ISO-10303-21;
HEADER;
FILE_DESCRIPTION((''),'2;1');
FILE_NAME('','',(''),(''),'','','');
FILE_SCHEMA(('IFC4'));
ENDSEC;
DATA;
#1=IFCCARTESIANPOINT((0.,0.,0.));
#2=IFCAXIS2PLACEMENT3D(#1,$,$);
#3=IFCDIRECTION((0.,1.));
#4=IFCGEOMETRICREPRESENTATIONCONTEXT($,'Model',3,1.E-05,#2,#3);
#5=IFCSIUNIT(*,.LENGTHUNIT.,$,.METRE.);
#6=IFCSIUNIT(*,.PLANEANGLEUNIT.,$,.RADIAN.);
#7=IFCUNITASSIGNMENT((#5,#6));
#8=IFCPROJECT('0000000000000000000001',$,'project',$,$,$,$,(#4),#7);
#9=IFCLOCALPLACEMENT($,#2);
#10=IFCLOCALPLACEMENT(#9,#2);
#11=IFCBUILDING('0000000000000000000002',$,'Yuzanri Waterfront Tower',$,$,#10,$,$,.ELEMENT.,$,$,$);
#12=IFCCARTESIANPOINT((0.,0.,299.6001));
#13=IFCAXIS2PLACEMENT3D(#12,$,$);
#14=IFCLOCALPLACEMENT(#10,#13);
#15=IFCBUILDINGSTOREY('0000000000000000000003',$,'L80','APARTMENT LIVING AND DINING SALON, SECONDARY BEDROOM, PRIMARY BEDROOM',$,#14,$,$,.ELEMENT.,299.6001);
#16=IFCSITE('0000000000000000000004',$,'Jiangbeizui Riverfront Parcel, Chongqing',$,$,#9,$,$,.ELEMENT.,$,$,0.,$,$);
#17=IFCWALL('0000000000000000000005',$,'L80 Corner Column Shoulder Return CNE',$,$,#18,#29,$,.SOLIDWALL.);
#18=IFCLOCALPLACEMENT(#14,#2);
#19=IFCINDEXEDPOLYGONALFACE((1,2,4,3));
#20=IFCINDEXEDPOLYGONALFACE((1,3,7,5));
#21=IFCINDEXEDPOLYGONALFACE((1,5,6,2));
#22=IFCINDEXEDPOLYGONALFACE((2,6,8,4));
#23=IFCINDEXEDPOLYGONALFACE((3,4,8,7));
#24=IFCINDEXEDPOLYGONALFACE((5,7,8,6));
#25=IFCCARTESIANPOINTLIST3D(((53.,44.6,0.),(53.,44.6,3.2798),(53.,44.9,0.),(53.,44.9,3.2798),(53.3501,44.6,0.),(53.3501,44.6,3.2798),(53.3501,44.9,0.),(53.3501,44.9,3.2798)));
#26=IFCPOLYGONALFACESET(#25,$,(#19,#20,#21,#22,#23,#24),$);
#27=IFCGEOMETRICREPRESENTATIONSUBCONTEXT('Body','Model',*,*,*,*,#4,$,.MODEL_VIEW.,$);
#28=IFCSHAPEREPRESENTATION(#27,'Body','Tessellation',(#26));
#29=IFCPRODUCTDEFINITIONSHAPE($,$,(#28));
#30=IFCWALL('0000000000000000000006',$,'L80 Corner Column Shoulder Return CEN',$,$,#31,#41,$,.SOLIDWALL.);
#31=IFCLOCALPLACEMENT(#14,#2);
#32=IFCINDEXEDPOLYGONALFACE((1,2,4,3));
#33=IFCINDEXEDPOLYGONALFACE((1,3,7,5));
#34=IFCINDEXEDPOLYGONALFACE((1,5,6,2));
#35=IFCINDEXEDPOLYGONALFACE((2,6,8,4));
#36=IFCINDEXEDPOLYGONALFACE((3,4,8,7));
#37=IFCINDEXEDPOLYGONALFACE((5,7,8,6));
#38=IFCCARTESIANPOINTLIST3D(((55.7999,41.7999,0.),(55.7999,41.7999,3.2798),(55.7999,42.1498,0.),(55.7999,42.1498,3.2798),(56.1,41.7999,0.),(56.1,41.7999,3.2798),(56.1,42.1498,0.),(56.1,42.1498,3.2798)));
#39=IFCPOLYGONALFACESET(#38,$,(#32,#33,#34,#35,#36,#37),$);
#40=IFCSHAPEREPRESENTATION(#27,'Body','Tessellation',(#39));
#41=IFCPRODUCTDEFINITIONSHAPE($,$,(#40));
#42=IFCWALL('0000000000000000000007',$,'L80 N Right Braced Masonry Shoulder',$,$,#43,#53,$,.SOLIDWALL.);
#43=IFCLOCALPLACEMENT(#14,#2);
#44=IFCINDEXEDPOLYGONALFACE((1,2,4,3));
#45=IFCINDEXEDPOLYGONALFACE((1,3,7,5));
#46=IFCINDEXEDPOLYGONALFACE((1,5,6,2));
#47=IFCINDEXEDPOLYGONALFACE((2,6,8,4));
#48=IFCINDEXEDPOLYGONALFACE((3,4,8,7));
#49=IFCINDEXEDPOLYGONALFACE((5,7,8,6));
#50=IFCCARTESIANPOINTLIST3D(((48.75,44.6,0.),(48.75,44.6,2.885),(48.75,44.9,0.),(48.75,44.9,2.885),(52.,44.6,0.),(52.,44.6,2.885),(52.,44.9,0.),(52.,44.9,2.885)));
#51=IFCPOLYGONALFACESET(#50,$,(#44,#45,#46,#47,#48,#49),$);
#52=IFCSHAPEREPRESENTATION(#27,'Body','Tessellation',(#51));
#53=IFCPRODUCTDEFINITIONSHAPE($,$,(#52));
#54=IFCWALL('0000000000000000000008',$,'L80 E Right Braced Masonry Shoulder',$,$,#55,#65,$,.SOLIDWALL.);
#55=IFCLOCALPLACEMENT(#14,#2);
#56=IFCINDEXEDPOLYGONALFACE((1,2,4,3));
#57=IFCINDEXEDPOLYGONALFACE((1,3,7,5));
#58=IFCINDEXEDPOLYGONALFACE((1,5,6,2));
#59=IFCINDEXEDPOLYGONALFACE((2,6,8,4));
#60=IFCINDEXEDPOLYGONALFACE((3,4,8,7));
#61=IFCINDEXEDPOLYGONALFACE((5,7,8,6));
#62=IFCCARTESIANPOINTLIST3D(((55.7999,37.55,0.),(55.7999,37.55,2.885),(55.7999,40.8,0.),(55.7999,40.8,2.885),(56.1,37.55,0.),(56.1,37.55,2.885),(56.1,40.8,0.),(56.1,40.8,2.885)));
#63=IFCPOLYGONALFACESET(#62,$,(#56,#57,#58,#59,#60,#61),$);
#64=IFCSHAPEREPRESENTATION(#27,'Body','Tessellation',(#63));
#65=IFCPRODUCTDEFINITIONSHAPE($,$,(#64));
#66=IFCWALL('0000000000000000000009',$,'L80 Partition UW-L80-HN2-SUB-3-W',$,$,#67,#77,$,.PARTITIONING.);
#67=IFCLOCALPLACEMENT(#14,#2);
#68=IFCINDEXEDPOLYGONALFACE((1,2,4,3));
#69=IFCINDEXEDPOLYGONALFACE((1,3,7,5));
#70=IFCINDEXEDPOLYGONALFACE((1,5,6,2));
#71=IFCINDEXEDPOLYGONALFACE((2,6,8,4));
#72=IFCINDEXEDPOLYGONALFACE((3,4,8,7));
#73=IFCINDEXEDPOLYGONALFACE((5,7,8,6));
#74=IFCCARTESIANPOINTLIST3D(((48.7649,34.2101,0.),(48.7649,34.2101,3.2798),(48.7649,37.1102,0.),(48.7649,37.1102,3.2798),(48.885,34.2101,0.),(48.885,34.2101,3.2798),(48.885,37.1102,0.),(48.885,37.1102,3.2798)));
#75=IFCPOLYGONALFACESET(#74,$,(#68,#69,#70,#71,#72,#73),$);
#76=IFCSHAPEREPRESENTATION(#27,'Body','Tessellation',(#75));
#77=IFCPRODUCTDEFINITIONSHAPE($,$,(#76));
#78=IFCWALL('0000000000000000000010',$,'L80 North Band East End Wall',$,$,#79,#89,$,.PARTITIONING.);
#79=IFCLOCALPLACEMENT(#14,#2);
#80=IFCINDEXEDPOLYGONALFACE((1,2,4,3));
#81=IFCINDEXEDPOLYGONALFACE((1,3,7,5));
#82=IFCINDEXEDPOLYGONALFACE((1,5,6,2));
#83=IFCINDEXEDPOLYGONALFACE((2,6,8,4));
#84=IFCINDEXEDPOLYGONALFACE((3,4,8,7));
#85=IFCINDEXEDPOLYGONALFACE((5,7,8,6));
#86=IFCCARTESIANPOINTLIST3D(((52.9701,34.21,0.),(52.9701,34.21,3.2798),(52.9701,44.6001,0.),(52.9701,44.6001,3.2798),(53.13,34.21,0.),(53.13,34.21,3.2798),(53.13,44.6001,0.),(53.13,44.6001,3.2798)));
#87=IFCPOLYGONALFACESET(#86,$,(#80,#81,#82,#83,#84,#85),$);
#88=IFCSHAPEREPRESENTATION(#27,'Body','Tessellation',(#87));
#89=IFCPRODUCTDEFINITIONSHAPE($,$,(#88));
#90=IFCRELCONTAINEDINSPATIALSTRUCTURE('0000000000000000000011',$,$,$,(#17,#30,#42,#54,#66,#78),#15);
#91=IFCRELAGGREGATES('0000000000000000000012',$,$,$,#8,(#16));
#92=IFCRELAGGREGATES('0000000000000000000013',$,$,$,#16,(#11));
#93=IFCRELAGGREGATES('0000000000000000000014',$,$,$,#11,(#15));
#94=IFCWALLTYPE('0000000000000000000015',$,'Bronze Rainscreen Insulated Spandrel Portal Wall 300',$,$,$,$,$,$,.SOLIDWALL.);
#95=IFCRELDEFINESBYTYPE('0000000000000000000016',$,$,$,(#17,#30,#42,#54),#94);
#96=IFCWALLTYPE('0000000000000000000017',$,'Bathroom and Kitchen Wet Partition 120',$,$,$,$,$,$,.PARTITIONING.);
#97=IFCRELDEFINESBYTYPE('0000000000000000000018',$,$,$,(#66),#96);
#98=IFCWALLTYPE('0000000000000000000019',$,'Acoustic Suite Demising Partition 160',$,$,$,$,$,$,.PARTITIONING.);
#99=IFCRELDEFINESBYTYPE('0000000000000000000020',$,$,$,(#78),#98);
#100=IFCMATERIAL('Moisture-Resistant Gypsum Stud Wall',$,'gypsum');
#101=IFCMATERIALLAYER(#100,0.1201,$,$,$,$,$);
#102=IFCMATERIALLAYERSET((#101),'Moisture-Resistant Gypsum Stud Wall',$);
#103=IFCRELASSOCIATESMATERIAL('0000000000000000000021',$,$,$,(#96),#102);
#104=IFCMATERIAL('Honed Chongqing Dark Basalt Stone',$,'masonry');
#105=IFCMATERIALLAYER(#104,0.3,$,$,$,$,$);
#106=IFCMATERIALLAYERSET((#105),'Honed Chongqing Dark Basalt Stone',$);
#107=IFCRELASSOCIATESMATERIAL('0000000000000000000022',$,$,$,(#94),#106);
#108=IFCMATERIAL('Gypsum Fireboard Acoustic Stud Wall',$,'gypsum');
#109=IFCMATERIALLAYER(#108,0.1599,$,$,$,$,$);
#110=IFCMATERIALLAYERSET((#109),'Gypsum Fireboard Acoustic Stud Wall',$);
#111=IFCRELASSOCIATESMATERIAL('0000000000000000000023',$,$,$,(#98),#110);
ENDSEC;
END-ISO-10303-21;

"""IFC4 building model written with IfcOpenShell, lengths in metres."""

from ifc_helpers import new_model, si_unit, direction, frame, frame_2d, origin, place, context, subcontext, project, spatial, rectangle, extrude, source, transform, mapped, material, layer, layer_set, type_object, element, save


model = new_model("IFC4")

# Units and contexts
model_context = context("Model", 3, precision=1e-05, world=origin(), true_north=direction((0.0, 1.0)))
body_context = subcontext(model_context, "Body", "Model", "MODEL_VIEW")
ifc_project = project(units=[si_unit("LENGTHUNIT", "METRE"), si_unit("PLANEANGLEUNIT", "RADIAN")], contexts=[model_context])

# Site, building, storey
site_placement = place(None, origin())
site = spatial("IfcSite", under=ifc_project, at=site_placement, Name="Jiangbeizui Riverfront Parcel, Chongqing", CompositionType="ELEMENT", RefElevation=0.0)
building_placement = place(site_placement, origin())
building = spatial("IfcBuilding", under=site, at=building_placement, Name="Yuzanri Waterfront Tower", CompositionType="ELEMENT")
storey_placement = place(building_placement, frame((0.0, 0.0, 299.6001)))
storey = spatial("IfcBuildingStorey", under=building, at=storey_placement, Name="L80", Description="APARTMENT LIVING AND DINING SALON, SECONDARY BEDROOM, PRIMARY BEDROOM", CompositionType="ELEMENT", Elevation=299.6001)

# Shared definitions
ifc_material_1 = material(Name="Moisture-Resistant Gypsum Stud Wall", Category="gypsum")
ifc_layer_1 = layer(ifc_material_1, 0.1201)
ifc_layer_set_1 = layer_set([ifc_layer_1], Name="Moisture-Resistant Gypsum Stud Wall")
wall_type_1 = type_object("IfcWallType", Name="Bathroom and Kitchen Wet Partition 120", PredefinedType="PARTITIONING", material=ifc_layer_set_1)

# Shared definitions
ifc_material_2 = material(Name="Honed Chongqing Dark Basalt Stone", Category="masonry")
ifc_layer_2 = layer(ifc_material_2, 0.3)
ifc_layer_set_2 = layer_set([ifc_layer_2], Name="Honed Chongqing Dark Basalt Stone")
wall_type_2 = type_object("IfcWallType", Name="Bronze Rainscreen Insulated Spandrel Portal Wall 300", PredefinedType="SOLIDWALL", material=ifc_layer_set_2)

# Walls
shared_shape_1 = source(origin(), body_context, "Body", "SweptSolid", [
    extrude(rectangle(XDim=0.3501, YDim=0.3, at=frame_2d((0.175, 0.0))), origin(), (0.0, 0.0, 1.0), 3.2798),
])
wall_1_placement = place(storey_placement, frame((53.0, 44.75, 0.0), z_axis=(0.0, 0.0, 1.0), x_axis=(1.0, 0.0, 0.0)))
element("IfcWall", 1, at=wall_1_placement, inside=storey, type_object=wall_type_2, Name="L80 Corner Column Shoulder Return CNE", PredefinedType="SOLIDWALL", context=body_context, shape_type="MappedRepresentation", body=[
    mapped(shared_shape_1, transform((0.0, 0.0, 0.0), scale=1.0)),
])
shared_shape_2 = source(origin(), body_context, "Body", "SweptSolid", [
    extrude(rectangle(XDim=0.3499, YDim=0.3, at=frame_2d((0.1748, 0.0))), origin(), (0.0, 0.0, 1.0), 3.2798),
])
wall_2_placement = place(storey_placement, frame((55.95, 41.8, 0.0), z_axis=(0.0, 0.0, 1.0), x_axis=(0.0, 1.0, 0.0)))
element("IfcWall", 2, at=wall_2_placement, inside=storey, type_object=wall_type_2, Name="L80 Corner Column Shoulder Return CEN", PredefinedType="SOLIDWALL", context=body_context, shape_type="MappedRepresentation", body=[
    mapped(shared_shape_2, transform((0.0, 0.0, 0.0), scale=1.0)),
])
shared_shape_3 = source(origin(), body_context, "Body", "SweptSolid", [
    extrude(rectangle(XDim=3.25, YDim=0.3, at=frame_2d((1.625, 0.0))), origin(), (0.0, 0.0, 1.0), 2.885),
])
for number, where, z_axis, x_axis, name in (
    (3, (48.75, 44.75, 0.0), (0.0, 0.0, 1.0), (1.0, 0.0, 0.0), "L80 N Right Braced Masonry Shoulder"),
    (4, (55.95, 37.55, 0.0), (0.0, 0.0, 1.0), (0.0, 1.0, 0.0), "L80 E Right Braced Masonry Shoulder"),
):
    element("IfcWall", number, at=place(storey_placement, frame(where, z_axis=z_axis, x_axis=x_axis)), inside=storey, type_object=wall_type_2, Name=name, PredefinedType="SOLIDWALL", context=body_context, shape_type="MappedRepresentation", body=[
        mapped(shared_shape_3, transform((0.0, 0.0, 0.0), scale=1.0)),
    ])
shared_shape_4 = source(origin(), body_context, "Body", "SweptSolid", [
    extrude(rectangle(XDim=2.9001, YDim=0.1201, at=frame_2d((1.4502, 0.0))), origin(), (0.0, 0.0, 1.0), 3.2798),
])
wall_3_placement = place(storey_placement, frame((48.825, 34.21, 0.0), z_axis=(0.0, 0.0, 1.0), x_axis=(0.0, 1.0, 0.0)))
element("IfcWall", 5, at=wall_3_placement, inside=storey, type_object=wall_type_1, Name="L80 Partition UW-L80-HN2-SUB-3-W", PredefinedType="PARTITIONING", context=body_context, shape_type="MappedRepresentation", body=[
    mapped(shared_shape_4, transform((0.0, 0.0, 0.0), scale=1.0)),
])
ifc_material_3 = material(Name="Gypsum Fireboard Acoustic Stud Wall", Category="gypsum")
ifc_layer_3 = layer(ifc_material_3, 0.1599)
ifc_layer_set_3 = layer_set([ifc_layer_3], Name="Gypsum Fireboard Acoustic Stud Wall")
wall_type_3 = type_object("IfcWallType", Name="Acoustic Suite Demising Partition 160", PredefinedType="PARTITIONING", material=ifc_layer_set_3)
shared_shape_5 = source(origin(), body_context, "Body", "SweptSolid", [
    extrude(rectangle(XDim=10.3901, YDim=0.1599, at=frame_2d((5.1951, 0.0))), origin(), (0.0, 0.0, 1.0), 3.2798),
])
wall_4_placement = place(storey_placement, frame((53.05, 34.21, 0.0), z_axis=(0.0, 0.0, 1.0), x_axis=(0.0, 1.0, 0.0)))
element("IfcWall", 6, at=wall_4_placement, inside=storey, type_object=wall_type_3, Name="L80 North Band East End Wall", PredefinedType="PARTITIONING", context=body_context, shape_type="MappedRepresentation", body=[
    mapped(shared_shape_5, transform((0.0, 0.0, 0.0), scale=1.0)),
])

save(model, "model.ifc")
